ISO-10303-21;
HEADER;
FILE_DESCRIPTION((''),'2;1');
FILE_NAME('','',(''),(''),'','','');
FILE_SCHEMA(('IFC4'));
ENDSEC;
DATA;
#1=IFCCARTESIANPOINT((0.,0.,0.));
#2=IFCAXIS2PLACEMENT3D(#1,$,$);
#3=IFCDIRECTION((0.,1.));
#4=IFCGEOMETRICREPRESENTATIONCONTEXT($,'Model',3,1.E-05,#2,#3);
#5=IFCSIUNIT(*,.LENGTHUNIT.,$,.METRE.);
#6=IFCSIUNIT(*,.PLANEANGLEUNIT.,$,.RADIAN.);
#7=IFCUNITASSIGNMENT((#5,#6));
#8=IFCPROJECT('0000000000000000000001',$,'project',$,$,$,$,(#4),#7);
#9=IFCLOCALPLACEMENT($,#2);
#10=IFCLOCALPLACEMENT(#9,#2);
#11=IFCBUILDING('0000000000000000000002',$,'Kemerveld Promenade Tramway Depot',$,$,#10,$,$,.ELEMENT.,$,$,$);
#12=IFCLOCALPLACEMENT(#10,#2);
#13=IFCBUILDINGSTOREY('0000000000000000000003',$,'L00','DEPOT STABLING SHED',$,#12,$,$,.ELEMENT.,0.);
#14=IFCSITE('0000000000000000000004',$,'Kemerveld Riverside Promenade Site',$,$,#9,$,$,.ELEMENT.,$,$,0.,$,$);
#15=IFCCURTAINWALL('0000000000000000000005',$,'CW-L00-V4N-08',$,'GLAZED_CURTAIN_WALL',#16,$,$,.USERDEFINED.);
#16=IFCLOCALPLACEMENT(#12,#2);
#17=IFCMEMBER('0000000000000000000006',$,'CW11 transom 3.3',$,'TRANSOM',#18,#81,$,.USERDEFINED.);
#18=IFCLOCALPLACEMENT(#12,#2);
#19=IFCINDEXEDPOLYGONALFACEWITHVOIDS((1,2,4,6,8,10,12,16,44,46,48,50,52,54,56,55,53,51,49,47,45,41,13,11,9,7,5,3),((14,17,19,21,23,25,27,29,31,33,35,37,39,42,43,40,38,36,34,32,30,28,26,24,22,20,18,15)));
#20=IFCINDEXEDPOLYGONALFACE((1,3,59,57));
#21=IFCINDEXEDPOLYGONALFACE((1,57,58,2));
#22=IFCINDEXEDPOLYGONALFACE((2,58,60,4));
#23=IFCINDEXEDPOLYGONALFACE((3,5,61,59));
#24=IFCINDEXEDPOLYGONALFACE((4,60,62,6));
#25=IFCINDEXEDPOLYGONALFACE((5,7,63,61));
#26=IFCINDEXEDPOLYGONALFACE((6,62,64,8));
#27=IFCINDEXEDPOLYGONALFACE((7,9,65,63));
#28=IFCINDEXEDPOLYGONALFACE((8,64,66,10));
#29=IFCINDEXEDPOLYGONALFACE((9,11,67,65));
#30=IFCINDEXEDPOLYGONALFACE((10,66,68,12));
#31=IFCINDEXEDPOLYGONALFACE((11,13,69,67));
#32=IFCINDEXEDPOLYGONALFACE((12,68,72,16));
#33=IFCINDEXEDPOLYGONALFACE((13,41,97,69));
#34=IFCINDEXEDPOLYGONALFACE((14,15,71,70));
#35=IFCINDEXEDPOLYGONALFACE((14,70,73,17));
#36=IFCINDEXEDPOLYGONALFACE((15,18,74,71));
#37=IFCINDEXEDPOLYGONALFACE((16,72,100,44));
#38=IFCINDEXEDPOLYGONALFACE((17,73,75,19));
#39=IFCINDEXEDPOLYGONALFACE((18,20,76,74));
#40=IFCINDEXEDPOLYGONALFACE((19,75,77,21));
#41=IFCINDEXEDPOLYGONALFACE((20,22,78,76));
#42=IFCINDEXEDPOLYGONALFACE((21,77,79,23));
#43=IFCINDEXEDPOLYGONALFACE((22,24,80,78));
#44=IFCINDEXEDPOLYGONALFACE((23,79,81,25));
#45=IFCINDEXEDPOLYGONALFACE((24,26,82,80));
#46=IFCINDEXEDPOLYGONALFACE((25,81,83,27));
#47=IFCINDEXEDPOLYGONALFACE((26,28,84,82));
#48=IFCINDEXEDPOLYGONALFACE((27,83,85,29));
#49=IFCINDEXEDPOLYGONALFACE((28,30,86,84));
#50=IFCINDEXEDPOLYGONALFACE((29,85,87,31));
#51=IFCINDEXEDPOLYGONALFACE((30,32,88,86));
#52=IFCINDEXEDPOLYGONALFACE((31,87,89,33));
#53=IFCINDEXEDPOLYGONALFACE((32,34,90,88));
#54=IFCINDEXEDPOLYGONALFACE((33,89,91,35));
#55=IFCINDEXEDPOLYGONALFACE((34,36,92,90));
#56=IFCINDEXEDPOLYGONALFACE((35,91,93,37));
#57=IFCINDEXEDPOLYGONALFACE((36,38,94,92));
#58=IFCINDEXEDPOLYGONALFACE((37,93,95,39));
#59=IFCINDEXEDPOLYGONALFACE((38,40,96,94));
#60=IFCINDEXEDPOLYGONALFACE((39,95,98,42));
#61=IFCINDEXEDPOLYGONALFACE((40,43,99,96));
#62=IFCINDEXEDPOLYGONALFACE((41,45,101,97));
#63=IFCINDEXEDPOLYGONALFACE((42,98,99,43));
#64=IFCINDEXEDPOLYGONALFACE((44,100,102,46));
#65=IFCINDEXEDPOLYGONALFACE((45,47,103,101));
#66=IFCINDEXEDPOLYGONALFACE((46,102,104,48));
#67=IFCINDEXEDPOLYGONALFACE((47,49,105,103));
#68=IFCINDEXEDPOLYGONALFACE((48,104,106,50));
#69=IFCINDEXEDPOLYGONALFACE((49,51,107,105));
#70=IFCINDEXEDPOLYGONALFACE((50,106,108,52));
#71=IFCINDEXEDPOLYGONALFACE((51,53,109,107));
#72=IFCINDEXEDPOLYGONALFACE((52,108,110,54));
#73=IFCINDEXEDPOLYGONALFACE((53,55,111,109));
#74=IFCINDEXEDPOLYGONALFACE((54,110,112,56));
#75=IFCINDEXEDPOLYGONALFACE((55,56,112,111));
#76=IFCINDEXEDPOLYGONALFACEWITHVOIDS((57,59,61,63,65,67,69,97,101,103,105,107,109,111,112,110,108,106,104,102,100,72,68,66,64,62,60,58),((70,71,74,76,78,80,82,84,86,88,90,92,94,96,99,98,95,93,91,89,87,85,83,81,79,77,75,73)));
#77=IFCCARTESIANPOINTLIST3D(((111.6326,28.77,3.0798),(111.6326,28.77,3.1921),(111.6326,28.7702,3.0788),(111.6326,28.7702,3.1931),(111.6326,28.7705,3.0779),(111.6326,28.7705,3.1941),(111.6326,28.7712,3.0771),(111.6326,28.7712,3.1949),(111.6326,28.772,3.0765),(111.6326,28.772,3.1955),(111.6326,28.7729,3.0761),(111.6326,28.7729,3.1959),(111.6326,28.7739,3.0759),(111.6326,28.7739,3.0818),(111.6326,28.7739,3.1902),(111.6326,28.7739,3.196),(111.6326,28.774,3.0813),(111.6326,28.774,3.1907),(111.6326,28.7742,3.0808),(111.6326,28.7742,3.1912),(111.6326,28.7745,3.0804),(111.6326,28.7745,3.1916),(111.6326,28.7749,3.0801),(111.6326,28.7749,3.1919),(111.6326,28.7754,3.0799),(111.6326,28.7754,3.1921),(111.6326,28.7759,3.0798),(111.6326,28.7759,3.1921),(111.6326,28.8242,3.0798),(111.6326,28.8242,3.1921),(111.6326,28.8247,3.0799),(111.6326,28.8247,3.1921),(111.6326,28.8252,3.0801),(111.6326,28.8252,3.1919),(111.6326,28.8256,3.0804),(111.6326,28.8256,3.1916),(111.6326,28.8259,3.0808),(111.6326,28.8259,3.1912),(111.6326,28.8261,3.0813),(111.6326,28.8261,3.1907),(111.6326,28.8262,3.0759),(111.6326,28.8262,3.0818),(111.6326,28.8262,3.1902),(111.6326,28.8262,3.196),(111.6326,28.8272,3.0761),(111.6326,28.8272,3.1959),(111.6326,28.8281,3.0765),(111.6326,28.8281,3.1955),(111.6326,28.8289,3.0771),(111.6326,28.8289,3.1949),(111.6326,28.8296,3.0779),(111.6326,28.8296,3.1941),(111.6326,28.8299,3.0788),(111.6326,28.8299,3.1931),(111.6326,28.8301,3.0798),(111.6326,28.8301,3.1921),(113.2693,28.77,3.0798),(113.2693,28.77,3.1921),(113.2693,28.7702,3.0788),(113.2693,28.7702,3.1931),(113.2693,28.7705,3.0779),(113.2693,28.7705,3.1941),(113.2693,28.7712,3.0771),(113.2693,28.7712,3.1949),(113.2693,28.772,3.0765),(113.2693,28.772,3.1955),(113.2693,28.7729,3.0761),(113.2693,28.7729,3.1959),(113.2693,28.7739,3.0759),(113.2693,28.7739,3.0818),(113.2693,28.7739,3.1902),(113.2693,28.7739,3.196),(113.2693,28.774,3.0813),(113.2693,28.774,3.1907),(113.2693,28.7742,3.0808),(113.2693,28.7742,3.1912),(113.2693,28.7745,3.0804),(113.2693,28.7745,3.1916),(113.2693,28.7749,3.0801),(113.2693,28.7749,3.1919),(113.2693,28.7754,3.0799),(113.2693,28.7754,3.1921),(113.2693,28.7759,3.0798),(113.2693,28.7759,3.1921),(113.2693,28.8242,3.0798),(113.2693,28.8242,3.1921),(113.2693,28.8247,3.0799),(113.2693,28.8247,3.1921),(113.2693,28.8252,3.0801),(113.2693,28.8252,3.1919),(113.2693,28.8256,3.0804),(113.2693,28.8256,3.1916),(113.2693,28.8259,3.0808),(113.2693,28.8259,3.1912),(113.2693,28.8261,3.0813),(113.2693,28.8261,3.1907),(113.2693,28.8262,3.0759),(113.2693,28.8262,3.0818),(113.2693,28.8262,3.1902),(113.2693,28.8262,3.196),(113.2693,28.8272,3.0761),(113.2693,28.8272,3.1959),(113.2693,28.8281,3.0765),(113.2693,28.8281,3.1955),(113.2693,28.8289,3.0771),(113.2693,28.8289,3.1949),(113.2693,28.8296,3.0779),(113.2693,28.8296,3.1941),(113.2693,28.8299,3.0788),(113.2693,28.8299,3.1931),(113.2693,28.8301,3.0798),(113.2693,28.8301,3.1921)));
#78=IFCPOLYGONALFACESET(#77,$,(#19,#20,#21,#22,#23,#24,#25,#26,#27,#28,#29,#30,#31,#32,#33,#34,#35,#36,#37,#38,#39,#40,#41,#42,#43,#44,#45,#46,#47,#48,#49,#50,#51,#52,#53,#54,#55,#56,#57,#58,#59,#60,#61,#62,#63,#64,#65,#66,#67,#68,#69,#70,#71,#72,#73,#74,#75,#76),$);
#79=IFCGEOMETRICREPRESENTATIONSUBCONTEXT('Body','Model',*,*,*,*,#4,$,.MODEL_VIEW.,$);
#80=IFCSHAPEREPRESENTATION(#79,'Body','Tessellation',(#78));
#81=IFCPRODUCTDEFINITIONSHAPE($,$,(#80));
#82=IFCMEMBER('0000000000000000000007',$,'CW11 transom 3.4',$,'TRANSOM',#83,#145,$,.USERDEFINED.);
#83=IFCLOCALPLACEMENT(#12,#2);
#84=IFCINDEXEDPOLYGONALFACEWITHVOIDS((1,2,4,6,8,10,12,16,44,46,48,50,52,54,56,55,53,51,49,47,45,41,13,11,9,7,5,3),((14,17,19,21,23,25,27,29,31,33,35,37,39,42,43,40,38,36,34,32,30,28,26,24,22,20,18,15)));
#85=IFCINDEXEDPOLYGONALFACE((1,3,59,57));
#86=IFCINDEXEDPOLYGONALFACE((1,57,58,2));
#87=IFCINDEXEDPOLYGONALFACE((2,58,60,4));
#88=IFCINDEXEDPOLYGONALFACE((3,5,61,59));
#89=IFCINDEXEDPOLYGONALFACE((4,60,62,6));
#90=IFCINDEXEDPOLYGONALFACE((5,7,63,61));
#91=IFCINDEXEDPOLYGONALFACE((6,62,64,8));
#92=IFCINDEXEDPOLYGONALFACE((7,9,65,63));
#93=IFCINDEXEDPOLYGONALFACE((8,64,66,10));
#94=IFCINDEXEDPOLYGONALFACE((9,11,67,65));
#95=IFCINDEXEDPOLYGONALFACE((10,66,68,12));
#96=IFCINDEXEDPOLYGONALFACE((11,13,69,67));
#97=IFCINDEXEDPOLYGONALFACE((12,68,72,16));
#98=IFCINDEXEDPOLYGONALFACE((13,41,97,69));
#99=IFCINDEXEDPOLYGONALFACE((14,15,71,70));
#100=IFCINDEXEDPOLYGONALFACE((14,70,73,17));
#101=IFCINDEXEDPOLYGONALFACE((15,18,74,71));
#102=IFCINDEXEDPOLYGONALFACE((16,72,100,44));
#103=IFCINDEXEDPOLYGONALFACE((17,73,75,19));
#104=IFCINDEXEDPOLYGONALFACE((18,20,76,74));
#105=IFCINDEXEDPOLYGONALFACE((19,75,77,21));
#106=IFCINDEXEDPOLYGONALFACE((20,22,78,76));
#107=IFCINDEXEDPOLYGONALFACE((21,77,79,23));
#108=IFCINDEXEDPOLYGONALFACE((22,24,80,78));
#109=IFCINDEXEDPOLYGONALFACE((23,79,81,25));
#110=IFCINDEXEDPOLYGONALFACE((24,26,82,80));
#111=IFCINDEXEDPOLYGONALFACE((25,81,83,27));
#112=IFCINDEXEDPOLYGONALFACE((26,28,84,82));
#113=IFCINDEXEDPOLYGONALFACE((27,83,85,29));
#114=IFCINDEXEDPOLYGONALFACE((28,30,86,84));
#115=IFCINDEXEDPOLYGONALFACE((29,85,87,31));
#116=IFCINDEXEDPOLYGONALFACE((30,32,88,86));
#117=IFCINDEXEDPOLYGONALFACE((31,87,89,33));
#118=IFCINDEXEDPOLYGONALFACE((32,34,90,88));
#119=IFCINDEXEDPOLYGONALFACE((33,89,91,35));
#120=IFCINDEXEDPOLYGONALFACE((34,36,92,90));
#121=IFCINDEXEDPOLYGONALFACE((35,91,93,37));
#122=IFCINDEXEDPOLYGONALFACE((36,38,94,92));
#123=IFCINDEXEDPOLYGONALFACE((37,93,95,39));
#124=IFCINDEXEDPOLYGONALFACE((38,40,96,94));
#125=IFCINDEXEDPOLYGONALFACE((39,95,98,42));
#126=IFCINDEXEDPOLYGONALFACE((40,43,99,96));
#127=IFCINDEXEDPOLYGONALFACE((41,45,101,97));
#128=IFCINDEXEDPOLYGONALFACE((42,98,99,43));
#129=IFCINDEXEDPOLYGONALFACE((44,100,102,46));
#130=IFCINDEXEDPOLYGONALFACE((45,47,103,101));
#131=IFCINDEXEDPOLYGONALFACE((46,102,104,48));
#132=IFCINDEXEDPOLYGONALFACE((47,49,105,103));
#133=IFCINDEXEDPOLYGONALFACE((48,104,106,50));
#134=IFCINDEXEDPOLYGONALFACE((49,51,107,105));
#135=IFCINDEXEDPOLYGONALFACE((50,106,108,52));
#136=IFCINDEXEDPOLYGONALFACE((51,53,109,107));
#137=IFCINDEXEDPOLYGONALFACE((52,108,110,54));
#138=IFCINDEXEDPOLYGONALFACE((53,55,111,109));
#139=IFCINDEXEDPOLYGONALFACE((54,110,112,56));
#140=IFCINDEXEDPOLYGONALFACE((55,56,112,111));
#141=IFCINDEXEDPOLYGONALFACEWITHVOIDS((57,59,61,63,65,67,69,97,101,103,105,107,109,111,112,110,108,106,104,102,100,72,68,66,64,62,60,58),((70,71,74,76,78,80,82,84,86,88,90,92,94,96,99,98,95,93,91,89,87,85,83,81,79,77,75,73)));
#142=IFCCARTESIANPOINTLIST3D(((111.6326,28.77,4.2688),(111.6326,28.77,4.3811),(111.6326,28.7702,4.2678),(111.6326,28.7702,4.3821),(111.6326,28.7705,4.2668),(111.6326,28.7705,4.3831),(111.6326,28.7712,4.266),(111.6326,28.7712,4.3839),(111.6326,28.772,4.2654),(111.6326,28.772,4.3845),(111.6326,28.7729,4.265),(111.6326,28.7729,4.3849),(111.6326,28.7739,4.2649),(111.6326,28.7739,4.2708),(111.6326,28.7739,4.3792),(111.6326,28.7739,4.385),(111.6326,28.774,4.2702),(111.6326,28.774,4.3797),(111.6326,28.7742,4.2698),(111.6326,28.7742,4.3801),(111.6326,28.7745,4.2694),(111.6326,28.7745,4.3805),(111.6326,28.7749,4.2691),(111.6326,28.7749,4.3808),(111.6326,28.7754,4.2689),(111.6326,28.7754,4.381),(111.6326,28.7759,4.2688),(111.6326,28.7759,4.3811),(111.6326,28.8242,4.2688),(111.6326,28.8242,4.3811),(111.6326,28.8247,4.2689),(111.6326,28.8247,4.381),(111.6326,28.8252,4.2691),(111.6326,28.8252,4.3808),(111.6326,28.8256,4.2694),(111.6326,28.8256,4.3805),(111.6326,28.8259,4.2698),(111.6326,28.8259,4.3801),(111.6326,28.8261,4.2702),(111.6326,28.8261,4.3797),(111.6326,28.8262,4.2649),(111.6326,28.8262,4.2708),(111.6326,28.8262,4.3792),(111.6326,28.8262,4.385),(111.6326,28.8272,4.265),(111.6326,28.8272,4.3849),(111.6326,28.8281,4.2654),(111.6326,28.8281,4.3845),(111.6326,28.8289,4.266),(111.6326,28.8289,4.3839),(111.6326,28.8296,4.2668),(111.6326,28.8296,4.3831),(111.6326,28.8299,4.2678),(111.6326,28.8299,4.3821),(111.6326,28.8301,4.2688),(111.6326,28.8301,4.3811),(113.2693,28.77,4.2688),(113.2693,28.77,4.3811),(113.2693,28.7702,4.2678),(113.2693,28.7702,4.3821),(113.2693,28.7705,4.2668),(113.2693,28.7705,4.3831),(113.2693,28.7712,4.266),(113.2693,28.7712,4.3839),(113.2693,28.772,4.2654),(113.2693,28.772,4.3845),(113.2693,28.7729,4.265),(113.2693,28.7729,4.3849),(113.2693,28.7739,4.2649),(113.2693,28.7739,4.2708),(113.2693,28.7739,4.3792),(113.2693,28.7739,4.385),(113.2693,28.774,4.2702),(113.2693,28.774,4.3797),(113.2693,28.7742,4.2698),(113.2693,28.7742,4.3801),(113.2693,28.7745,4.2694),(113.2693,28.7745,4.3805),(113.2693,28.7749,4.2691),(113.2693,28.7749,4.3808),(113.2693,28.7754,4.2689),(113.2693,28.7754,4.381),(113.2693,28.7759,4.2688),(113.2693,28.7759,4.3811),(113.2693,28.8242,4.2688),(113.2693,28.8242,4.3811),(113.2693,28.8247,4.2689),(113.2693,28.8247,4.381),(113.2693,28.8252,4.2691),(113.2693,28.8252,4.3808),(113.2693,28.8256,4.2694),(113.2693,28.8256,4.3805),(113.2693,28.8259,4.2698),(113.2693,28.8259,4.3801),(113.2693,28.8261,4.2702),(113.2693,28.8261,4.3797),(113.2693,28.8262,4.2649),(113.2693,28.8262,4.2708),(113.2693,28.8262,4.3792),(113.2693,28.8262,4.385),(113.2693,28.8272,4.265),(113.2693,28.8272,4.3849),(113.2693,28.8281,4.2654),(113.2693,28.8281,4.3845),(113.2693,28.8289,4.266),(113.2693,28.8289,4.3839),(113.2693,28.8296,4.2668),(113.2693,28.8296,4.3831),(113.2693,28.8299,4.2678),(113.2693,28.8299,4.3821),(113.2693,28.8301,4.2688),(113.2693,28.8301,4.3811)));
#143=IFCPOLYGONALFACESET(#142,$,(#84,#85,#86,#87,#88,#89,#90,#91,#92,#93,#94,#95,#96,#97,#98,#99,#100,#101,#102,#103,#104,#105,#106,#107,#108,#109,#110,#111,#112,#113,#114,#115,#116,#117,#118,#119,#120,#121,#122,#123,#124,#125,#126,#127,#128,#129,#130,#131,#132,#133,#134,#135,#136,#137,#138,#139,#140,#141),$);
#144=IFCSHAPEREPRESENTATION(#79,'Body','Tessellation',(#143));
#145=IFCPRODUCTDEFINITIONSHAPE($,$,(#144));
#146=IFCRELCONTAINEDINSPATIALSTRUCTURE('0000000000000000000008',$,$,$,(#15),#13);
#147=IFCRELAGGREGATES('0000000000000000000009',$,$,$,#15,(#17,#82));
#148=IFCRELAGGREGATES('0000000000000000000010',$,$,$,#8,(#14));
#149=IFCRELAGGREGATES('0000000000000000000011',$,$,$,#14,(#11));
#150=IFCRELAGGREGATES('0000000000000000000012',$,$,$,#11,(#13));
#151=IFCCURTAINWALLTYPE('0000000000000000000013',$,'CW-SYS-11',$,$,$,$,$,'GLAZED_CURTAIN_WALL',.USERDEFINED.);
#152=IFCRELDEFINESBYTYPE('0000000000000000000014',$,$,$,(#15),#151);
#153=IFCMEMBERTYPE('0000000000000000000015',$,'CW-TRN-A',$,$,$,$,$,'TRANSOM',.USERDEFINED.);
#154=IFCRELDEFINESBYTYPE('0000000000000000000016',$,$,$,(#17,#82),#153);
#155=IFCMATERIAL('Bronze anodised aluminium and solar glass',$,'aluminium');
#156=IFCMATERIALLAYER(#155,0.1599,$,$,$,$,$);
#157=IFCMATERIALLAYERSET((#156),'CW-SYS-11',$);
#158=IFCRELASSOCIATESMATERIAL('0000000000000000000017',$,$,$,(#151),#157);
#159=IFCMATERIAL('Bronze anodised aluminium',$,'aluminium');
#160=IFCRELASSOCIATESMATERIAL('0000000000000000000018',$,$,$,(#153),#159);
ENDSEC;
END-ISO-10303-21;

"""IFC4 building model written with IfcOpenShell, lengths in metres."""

from ifc_helpers import new_model, si_unit, direction, frame, origin, origin_2d, place, context, subcontext, project, spatial, hollow_rectangle, extrude, material, layer, layer_set, material_profile, profile_set, type_object, element, aggregate, save


model = new_model("IFC4")

# Units and contexts
model_context = context("Model", 3, precision=1e-05, world=origin(), true_north=direction((0.0, 1.0)))
body_context = subcontext(model_context, "Body", "Model", "MODEL_VIEW")
ifc_project = project(units=[si_unit("LENGTHUNIT", "METRE"), si_unit("PLANEANGLEUNIT", "RADIAN")], contexts=[model_context])

# Site, building, storey
site_placement = place(None, origin())
site = spatial("IfcSite", under=ifc_project, at=site_placement, Name="Kemerveld Riverside Promenade Site", CompositionType="ELEMENT", RefElevation=0.0)
building_placement = place(site_placement, origin())
building = spatial("IfcBuilding", under=site, at=building_placement, Name="Kemerveld Promenade Tramway Depot", CompositionType="ELEMENT")
storey_placement = place(building_placement, origin())
storey = spatial("IfcBuildingStorey", under=building, at=storey_placement, Name="L00", Description="DEPOT STABLING SHED", CompositionType="ELEMENT", Elevation=0.0)

# Curtain wall, members
ifc_material_1 = material(Name="Bronze anodised aluminium and solar glass", Category="aluminium")
ifc_layer_1 = layer(ifc_material_1, 0.1599)
ifc_layer_set_1 = layer_set([ifc_layer_1], Name="CW-SYS-11")
curtain_wall_type = type_object("IfcCurtainWallType", Name="CW-SYS-11", ElementType="GLAZED_CURTAIN_WALL", PredefinedType="USERDEFINED", material=ifc_layer_set_1)
curtain_wall_placement = place(storey_placement, origin())
curtain_wall = element("IfcCurtainWall", 1, at=curtain_wall_placement, inside=storey, type_object=curtain_wall_type, Name="CW-L00-V4N-08", ObjectType="GLAZED_CURTAIN_WALL", PredefinedType="USERDEFINED")
ifc_material_2 = material(Name="Bronze anodised aluminium", Category="aluminium")
ifc_material_profile_1 = material_profile(ifc_material_2, hollow_rectangle(XDim=0.0601, YDim=0.1201, WallThickness=0.0039, InnerFilletRadius=0.002, OuterFilletRadius=0.0039, at=origin_2d()), Name="CW-TRN-120x60")
ifc_profile_set_1 = profile_set([ifc_material_profile_1], Name="Bronze anodised aluminium")
member_type_1 = type_object("IfcMemberType", Name="CW-TRN-A", ElementType="TRANSOM", PredefinedType="USERDEFINED", material=ifc_profile_set_1)
member_1_placement = place(storey_placement, frame((111.6326, 28.8, 3.136), z_axis=(1.0, 0.0, 0.0), x_axis=(0.0, 1.0, 0.0)))
member_1 = element("IfcMember", 2, at=member_1_placement, type_object=member_type_1, Name="CW11 transom 3.3", ObjectType="TRANSOM", PredefinedType="USERDEFINED", context=body_context, shape_type="SweptSolid", body=[
    extrude(hollow_rectangle(XDim=0.0601, YDim=0.1201, WallThickness=0.0039, InnerFilletRadius=0.002, OuterFilletRadius=0.0039, at=origin_2d()), origin(), (0.0, 0.0, 1.0), 1.6367),
])
member_2_placement = place(storey_placement, frame((111.6326, 28.8, 4.325), z_axis=(1.0, 0.0, 0.0), x_axis=(0.0, 1.0, 0.0)))
member_2 = element("IfcMember", 3, at=member_2_placement, type_object=member_type_1, Name="CW11 transom 3.4", ObjectType="TRANSOM", PredefinedType="USERDEFINED", context=body_context, shape_type="SweptSolid", body=[
    extrude(hollow_rectangle(XDim=0.0601, YDim=0.1201, WallThickness=0.0039, InnerFilletRadius=0.002, OuterFilletRadius=0.0039, at=origin_2d()), origin(), (0.0, 0.0, 1.0), 1.6367),
])
aggregate(curtain_wall, [member_1, member_2])

save(model, "model.ifc")
